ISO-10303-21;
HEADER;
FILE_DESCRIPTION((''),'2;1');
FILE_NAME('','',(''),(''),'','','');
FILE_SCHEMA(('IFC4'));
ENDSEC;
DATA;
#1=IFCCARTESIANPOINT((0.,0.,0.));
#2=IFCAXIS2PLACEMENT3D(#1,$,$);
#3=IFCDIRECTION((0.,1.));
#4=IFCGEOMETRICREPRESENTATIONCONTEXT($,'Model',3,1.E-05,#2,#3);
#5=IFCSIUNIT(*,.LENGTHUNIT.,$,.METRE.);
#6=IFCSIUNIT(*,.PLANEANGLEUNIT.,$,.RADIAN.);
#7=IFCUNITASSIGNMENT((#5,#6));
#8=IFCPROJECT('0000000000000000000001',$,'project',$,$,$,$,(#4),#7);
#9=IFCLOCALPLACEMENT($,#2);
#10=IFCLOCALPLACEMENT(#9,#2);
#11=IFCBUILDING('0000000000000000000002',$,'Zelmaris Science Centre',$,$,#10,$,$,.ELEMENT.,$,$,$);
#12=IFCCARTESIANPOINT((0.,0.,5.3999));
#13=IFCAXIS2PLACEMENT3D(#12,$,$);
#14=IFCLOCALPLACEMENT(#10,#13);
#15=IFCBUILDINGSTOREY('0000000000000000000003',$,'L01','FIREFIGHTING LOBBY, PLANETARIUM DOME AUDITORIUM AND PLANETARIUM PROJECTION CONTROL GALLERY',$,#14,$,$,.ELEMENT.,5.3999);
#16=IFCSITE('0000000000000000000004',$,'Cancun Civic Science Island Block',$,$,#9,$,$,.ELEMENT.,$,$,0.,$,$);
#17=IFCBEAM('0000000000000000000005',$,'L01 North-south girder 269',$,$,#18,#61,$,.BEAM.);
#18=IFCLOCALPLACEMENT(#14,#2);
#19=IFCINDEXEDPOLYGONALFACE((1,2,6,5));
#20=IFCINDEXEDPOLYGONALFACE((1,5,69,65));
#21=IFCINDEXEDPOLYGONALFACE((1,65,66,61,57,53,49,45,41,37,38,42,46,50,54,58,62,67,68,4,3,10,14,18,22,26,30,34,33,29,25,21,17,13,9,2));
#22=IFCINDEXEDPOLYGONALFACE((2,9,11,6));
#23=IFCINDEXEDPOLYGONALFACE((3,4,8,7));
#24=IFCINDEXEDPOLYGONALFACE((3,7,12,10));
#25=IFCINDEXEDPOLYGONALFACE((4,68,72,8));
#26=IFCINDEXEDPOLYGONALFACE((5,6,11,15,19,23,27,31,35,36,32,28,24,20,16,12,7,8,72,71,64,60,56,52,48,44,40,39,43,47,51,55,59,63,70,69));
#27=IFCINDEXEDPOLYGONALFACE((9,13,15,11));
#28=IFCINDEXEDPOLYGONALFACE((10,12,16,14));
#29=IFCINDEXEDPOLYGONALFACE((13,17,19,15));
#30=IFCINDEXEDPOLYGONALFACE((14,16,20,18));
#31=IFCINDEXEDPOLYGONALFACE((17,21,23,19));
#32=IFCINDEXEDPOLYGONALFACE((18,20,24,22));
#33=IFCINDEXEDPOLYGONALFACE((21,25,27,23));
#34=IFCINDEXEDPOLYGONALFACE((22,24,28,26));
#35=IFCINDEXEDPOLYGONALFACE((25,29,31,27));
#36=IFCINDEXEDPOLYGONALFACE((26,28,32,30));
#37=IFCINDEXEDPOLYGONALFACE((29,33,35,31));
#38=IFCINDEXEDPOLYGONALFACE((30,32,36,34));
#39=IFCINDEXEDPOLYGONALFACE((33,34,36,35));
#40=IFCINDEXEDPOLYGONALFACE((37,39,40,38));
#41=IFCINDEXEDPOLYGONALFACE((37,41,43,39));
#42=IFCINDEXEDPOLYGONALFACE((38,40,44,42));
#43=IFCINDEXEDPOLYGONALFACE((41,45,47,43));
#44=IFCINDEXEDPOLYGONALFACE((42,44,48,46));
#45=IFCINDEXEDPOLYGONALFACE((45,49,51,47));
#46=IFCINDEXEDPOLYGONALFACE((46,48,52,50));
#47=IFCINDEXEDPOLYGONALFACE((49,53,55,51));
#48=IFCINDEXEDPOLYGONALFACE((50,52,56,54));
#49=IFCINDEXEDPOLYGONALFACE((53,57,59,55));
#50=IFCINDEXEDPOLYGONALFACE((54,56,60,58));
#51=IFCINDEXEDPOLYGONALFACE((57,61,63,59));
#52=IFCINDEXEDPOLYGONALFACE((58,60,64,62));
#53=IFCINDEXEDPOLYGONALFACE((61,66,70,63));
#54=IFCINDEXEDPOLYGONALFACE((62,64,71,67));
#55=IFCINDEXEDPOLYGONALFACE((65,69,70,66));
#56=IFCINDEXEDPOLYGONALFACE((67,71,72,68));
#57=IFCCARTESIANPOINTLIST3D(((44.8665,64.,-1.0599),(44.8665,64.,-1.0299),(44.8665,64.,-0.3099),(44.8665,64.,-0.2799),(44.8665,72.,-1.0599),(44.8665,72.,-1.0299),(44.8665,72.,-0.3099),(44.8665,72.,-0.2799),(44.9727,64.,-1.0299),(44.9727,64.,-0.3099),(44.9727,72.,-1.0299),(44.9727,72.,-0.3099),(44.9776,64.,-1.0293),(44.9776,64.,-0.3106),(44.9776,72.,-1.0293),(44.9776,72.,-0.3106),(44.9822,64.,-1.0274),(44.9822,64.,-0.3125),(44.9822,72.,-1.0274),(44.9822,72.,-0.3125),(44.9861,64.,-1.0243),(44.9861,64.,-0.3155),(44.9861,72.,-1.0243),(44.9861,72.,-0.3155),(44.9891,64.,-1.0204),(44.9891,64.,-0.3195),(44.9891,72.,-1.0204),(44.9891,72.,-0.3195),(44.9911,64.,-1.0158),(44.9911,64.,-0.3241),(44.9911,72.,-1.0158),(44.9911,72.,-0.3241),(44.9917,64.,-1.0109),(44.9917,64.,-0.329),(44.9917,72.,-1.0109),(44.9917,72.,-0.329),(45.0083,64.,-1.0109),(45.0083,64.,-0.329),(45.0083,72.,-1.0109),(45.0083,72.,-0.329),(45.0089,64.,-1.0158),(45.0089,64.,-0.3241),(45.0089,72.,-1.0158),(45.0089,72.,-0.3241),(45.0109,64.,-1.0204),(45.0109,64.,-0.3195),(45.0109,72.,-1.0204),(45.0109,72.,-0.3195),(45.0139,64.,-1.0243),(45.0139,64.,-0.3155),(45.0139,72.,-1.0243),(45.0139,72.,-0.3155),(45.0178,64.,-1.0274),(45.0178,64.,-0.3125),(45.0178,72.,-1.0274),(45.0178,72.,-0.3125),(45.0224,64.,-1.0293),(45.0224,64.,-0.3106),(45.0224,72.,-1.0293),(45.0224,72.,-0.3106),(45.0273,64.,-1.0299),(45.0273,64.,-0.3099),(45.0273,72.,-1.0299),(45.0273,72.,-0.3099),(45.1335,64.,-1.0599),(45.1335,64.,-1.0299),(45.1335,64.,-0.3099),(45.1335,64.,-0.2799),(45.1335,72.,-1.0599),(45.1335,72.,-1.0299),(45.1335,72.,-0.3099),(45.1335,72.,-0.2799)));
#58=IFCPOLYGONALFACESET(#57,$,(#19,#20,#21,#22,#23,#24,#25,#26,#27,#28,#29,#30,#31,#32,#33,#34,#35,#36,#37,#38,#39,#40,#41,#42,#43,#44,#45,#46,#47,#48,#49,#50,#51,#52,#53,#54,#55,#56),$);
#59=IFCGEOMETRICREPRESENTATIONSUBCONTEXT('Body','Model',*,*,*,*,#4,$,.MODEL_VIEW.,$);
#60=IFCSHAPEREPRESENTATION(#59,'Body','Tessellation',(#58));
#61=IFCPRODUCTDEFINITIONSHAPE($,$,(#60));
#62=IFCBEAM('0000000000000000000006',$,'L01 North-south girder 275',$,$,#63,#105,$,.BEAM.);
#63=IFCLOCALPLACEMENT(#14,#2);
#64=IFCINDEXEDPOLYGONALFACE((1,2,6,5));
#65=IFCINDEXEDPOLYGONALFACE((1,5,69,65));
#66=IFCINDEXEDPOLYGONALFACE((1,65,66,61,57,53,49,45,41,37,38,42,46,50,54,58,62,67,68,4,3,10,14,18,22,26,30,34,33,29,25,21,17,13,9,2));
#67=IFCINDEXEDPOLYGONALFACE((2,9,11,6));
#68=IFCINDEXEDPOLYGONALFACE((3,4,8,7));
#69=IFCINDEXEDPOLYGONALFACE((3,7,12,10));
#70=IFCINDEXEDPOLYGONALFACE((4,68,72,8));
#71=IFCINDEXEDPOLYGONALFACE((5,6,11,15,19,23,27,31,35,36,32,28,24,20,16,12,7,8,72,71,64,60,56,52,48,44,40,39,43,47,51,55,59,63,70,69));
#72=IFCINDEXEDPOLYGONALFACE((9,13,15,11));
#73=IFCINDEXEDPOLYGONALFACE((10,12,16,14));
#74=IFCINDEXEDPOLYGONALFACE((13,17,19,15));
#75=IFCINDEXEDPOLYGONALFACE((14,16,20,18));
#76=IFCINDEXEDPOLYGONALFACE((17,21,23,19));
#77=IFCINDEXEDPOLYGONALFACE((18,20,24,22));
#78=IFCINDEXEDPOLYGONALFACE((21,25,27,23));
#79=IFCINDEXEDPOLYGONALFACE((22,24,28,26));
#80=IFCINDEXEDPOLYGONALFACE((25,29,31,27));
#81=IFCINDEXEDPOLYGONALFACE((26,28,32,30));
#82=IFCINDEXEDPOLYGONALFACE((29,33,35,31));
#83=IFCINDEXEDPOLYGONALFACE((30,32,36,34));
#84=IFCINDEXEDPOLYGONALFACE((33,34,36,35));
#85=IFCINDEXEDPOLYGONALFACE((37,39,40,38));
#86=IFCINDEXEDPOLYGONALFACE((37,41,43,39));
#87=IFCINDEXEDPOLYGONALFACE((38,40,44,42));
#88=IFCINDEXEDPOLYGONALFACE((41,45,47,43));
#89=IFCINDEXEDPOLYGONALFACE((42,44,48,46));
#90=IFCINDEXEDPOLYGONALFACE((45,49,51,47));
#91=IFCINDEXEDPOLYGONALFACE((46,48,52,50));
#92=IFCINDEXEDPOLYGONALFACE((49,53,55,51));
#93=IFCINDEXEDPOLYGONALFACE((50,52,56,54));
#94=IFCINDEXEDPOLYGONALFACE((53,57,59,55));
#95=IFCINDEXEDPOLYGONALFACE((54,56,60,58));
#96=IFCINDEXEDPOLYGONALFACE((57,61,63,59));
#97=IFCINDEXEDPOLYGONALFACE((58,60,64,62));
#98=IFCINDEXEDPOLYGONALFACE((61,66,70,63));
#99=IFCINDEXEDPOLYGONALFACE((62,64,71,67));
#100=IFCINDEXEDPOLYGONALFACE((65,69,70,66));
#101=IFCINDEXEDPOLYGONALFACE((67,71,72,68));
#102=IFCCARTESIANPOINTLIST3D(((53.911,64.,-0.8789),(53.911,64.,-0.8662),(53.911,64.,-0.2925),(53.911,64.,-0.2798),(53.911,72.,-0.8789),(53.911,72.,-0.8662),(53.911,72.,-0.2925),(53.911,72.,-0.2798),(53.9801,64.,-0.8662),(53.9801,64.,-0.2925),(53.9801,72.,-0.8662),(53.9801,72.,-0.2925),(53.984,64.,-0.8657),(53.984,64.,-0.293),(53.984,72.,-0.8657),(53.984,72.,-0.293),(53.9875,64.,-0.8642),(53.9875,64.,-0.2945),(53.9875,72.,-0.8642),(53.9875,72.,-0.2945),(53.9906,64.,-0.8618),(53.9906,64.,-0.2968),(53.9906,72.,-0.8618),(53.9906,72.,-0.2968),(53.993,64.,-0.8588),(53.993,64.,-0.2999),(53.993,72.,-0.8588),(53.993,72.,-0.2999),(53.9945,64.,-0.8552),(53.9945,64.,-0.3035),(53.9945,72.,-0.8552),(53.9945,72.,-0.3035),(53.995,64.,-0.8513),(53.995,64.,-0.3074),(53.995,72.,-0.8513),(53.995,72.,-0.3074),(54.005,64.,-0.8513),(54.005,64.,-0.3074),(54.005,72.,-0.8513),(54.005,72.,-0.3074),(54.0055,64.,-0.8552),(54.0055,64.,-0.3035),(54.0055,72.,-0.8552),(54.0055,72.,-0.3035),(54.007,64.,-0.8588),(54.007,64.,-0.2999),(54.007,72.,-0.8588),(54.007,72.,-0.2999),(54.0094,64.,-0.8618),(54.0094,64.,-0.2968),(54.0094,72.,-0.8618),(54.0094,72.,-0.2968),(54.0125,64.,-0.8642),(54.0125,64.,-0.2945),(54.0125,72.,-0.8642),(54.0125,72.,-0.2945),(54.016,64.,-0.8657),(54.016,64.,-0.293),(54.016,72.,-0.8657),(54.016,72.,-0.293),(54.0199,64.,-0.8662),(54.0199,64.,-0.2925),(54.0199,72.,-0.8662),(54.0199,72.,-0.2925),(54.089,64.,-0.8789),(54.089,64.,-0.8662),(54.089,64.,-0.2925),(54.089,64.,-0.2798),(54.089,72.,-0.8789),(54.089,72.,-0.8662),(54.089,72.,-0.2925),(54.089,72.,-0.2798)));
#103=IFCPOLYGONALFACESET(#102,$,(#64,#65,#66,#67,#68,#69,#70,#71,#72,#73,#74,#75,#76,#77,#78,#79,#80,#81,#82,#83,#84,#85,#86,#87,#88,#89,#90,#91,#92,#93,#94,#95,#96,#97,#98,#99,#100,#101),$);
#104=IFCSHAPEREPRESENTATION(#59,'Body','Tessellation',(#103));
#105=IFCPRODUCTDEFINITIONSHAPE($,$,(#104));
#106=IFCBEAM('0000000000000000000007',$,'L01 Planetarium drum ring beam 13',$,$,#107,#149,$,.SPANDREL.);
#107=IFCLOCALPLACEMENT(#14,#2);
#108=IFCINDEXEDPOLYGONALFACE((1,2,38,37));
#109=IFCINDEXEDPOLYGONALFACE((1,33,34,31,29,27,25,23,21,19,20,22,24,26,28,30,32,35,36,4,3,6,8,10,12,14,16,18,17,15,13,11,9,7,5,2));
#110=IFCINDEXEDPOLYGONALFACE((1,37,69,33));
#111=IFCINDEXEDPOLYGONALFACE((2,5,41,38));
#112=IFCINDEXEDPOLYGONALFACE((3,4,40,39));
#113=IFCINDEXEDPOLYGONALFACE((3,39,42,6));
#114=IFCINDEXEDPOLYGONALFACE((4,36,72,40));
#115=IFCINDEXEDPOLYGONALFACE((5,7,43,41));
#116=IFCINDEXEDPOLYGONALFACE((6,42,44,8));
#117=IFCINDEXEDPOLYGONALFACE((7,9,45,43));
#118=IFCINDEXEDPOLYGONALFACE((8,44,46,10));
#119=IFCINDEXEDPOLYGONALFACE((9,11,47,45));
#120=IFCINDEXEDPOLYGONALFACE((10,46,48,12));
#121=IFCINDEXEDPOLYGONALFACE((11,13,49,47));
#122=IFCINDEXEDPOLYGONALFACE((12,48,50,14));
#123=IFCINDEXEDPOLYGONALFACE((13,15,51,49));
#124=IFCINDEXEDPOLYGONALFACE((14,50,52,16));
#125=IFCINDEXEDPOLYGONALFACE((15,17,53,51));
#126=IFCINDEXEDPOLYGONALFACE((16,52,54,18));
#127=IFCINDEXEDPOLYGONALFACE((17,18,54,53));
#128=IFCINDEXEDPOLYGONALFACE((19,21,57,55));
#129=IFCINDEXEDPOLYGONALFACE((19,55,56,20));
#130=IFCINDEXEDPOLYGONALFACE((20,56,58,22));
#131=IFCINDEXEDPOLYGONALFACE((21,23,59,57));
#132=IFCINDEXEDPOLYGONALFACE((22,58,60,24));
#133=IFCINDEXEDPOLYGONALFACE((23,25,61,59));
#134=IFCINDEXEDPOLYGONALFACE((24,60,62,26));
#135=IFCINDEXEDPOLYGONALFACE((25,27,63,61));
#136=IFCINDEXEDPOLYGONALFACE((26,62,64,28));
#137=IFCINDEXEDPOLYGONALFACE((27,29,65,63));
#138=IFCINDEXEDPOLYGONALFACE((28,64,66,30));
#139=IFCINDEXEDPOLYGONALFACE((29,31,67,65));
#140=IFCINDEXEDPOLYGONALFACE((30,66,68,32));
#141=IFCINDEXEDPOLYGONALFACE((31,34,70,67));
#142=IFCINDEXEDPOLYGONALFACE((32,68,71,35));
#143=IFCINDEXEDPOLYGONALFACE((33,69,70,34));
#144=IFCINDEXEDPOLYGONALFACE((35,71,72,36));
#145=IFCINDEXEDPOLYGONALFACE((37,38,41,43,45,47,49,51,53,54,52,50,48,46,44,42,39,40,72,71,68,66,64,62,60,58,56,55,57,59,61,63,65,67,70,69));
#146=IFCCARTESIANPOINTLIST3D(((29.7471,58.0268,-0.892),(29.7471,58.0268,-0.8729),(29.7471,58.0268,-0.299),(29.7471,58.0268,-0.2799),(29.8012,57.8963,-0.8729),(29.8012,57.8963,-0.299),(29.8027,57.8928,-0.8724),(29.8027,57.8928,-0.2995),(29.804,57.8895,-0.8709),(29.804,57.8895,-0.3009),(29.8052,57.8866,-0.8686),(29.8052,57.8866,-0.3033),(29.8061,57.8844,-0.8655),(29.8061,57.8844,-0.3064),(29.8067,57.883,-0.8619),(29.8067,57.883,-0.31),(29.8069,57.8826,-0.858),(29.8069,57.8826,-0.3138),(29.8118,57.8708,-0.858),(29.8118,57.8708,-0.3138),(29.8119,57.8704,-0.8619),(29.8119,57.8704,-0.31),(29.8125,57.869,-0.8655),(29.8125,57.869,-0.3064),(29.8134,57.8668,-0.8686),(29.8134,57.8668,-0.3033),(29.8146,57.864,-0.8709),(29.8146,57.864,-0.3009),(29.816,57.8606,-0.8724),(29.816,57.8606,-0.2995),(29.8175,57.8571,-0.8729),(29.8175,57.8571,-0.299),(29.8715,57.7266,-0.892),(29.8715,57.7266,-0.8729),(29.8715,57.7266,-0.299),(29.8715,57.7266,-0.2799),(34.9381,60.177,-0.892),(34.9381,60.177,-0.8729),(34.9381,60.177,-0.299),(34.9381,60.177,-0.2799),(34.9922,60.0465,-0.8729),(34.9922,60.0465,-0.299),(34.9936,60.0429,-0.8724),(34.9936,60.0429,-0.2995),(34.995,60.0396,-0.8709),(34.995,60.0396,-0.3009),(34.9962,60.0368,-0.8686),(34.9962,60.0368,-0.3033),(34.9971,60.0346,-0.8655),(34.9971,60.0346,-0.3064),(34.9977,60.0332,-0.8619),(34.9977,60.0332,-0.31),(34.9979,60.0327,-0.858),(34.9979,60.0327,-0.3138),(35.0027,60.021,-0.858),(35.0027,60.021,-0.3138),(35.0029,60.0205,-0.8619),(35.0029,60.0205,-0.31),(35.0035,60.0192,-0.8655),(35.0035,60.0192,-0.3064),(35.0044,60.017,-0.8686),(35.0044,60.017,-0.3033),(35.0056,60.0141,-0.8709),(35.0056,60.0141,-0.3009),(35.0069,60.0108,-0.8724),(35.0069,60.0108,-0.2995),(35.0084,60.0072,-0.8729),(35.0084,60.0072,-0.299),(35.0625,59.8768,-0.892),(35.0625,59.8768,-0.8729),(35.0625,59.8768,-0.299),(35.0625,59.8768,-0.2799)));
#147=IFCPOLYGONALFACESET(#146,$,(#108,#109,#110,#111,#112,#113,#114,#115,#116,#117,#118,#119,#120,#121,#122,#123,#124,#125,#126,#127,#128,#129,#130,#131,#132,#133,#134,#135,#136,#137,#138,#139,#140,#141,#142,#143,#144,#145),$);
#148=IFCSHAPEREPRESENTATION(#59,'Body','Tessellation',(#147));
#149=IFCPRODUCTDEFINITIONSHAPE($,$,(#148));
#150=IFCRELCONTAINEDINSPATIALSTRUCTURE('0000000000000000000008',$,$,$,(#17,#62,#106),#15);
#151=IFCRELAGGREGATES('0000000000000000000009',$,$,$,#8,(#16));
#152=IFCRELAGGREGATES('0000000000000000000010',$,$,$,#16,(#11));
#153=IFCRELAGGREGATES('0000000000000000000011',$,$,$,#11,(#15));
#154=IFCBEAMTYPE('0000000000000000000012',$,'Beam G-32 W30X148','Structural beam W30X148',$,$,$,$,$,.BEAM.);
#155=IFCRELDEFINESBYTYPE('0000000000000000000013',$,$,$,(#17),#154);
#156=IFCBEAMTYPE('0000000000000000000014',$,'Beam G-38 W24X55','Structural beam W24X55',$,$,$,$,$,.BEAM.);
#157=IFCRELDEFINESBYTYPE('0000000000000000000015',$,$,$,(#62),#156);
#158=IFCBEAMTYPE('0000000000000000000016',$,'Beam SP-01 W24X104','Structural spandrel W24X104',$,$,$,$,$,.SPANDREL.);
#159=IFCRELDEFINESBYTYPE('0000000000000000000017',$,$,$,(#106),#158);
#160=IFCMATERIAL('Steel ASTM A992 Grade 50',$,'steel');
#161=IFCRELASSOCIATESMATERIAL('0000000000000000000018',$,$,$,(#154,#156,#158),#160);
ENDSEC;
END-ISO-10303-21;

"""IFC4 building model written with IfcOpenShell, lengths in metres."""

from ifc_helpers import new_model, si_unit, direction, frame, origin, origin_2d, place, context, subcontext, project, spatial, i_section, extrude, material, material_profile, profile_set, type_object, element, save


model = new_model("IFC4")

# Units and contexts
model_context = context("Model", 3, precision=1e-05, world=origin(), true_north=direction((0.0, 1.0)))
body_context = subcontext(model_context, "Body", "Model", "MODEL_VIEW")
ifc_project = project(units=[si_unit("LENGTHUNIT", "METRE"), si_unit("PLANEANGLEUNIT", "RADIAN")], contexts=[model_context])

# Site, building, storey
site_placement = place(None, origin())
site = spatial("IfcSite", under=ifc_project, at=site_placement, Name="Cancun Civic Science Island Block", CompositionType="ELEMENT", RefElevation=0.0)
building_placement = place(site_placement, origin())
building = spatial("IfcBuilding", under=site, at=building_placement, Name="Zelmaris Science Centre", CompositionType="ELEMENT")
storey_placement = place(building_placement, frame((0.0, 0.0, 5.3999)))
storey = spatial("IfcBuildingStorey", under=building, at=storey_placement, Name="L01", Description="FIREFIGHTING LOBBY, PLANETARIUM DOME AUDITORIUM AND PLANETARIUM PROJECTION CONTROL GALLERY", CompositionType="ELEMENT", Elevation=5.3999)

# Shared definitions
ifc_material_1 = material(Name="Steel ASTM A992 Grade 50", Category="steel")

# Beams
ifc_material_profile_1 = material_profile(ifc_material_1, i_section(OverallWidth=0.2671, OverallDepth=0.78, WebThickness=0.0166, FlangeThickness=0.03, FilletRadius=0.019, at=origin_2d()), Name="W30X148")
ifc_profile_set_1 = profile_set([ifc_material_profile_1], Name="Steel ASTM A992 Grade 50")
beam_type_1 = type_object("IfcBeamType", Name="Beam G-32 W30X148", Description="Structural beam W30X148", PredefinedType="BEAM", material=ifc_profile_set_1)
beam_1_placement = place(storey_placement, frame((45.0, 64.0, -0.6699), z_axis=(0.0, 1.0, 0.0), x_axis=(-1.0, 0.0, 0.0)))
element("IfcBeam", 1, at=beam_1_placement, inside=storey, type_object=beam_type_1, Name="L01 North-south girder 269", PredefinedType="BEAM", context=body_context, shape_type="SweptSolid", body=[
    extrude(i_section(OverallWidth=0.2671, OverallDepth=0.78, WebThickness=0.0166, FlangeThickness=0.03, FilletRadius=0.019, at=origin_2d()), origin(), (0.0, 0.0, 1.0), 8.0),
])
ifc_material_profile_2 = material_profile(ifc_material_1, i_section(OverallWidth=0.178, OverallDepth=0.5991, WebThickness=0.01, FlangeThickness=0.0127, FilletRadius=0.0149, at=origin_2d()), Name="W24X55")
ifc_profile_set_2 = profile_set([ifc_material_profile_2], Name="Steel ASTM A992 Grade 50")
beam_type_2 = type_object("IfcBeamType", Name="Beam G-38 W24X55", Description="Structural beam W24X55", PredefinedType="BEAM", material=ifc_profile_set_2)
beam_2_placement = place(storey_placement, frame((54.0, 64.0, -0.5793), z_axis=(0.0, 1.0, 0.0), x_axis=(-1.0, 0.0, 0.0)))
element("IfcBeam", 2, at=beam_2_placement, inside=storey, type_object=beam_type_2, Name="L01 North-south girder 275", PredefinedType="BEAM", context=body_context, shape_type="SweptSolid", body=[
    extrude(i_section(OverallWidth=0.178, OverallDepth=0.5991, WebThickness=0.01, FlangeThickness=0.0127, FilletRadius=0.0149, at=origin_2d()), origin(), (0.0, 0.0, 1.0), 8.0),
])
ifc_material_profile_3 = material_profile(ifc_material_1, i_section(OverallWidth=0.325, OverallDepth=0.6121, WebThickness=0.0127, FlangeThickness=0.019, FilletRadius=0.0149, at=origin_2d()), Name="W24X104")
ifc_profile_set_3 = profile_set([ifc_material_profile_3], Name="Steel ASTM A992 Grade 50")
beam_type_3 = type_object("IfcBeamType", Name="Beam SP-01 W24X104", Description="Structural spandrel W24X104", PredefinedType="SPANDREL", material=ifc_profile_set_3)
beam_3_placement = place(storey_placement, frame((29.8093, 57.8767, -0.5859), z_axis=(0.92388, 0.382683, 0.0), x_axis=(-0.382683, 0.92388, 0.0)))
element("IfcBeam", 3, at=beam_3_placement, inside=storey, type_object=beam_type_3, Name="L01 Planetarium drum ring beam 13", PredefinedType="SPANDREL", context=body_context, shape_type="SweptSolid", body=[
    extrude(i_section(OverallWidth=0.325, OverallDepth=0.6121, WebThickness=0.0127, FlangeThickness=0.019, FilletRadius=0.0149, at=origin_2d()), origin(), (0.0, 0.0, 1.0), 5.6187),
])

save(model, "model.ifc")
